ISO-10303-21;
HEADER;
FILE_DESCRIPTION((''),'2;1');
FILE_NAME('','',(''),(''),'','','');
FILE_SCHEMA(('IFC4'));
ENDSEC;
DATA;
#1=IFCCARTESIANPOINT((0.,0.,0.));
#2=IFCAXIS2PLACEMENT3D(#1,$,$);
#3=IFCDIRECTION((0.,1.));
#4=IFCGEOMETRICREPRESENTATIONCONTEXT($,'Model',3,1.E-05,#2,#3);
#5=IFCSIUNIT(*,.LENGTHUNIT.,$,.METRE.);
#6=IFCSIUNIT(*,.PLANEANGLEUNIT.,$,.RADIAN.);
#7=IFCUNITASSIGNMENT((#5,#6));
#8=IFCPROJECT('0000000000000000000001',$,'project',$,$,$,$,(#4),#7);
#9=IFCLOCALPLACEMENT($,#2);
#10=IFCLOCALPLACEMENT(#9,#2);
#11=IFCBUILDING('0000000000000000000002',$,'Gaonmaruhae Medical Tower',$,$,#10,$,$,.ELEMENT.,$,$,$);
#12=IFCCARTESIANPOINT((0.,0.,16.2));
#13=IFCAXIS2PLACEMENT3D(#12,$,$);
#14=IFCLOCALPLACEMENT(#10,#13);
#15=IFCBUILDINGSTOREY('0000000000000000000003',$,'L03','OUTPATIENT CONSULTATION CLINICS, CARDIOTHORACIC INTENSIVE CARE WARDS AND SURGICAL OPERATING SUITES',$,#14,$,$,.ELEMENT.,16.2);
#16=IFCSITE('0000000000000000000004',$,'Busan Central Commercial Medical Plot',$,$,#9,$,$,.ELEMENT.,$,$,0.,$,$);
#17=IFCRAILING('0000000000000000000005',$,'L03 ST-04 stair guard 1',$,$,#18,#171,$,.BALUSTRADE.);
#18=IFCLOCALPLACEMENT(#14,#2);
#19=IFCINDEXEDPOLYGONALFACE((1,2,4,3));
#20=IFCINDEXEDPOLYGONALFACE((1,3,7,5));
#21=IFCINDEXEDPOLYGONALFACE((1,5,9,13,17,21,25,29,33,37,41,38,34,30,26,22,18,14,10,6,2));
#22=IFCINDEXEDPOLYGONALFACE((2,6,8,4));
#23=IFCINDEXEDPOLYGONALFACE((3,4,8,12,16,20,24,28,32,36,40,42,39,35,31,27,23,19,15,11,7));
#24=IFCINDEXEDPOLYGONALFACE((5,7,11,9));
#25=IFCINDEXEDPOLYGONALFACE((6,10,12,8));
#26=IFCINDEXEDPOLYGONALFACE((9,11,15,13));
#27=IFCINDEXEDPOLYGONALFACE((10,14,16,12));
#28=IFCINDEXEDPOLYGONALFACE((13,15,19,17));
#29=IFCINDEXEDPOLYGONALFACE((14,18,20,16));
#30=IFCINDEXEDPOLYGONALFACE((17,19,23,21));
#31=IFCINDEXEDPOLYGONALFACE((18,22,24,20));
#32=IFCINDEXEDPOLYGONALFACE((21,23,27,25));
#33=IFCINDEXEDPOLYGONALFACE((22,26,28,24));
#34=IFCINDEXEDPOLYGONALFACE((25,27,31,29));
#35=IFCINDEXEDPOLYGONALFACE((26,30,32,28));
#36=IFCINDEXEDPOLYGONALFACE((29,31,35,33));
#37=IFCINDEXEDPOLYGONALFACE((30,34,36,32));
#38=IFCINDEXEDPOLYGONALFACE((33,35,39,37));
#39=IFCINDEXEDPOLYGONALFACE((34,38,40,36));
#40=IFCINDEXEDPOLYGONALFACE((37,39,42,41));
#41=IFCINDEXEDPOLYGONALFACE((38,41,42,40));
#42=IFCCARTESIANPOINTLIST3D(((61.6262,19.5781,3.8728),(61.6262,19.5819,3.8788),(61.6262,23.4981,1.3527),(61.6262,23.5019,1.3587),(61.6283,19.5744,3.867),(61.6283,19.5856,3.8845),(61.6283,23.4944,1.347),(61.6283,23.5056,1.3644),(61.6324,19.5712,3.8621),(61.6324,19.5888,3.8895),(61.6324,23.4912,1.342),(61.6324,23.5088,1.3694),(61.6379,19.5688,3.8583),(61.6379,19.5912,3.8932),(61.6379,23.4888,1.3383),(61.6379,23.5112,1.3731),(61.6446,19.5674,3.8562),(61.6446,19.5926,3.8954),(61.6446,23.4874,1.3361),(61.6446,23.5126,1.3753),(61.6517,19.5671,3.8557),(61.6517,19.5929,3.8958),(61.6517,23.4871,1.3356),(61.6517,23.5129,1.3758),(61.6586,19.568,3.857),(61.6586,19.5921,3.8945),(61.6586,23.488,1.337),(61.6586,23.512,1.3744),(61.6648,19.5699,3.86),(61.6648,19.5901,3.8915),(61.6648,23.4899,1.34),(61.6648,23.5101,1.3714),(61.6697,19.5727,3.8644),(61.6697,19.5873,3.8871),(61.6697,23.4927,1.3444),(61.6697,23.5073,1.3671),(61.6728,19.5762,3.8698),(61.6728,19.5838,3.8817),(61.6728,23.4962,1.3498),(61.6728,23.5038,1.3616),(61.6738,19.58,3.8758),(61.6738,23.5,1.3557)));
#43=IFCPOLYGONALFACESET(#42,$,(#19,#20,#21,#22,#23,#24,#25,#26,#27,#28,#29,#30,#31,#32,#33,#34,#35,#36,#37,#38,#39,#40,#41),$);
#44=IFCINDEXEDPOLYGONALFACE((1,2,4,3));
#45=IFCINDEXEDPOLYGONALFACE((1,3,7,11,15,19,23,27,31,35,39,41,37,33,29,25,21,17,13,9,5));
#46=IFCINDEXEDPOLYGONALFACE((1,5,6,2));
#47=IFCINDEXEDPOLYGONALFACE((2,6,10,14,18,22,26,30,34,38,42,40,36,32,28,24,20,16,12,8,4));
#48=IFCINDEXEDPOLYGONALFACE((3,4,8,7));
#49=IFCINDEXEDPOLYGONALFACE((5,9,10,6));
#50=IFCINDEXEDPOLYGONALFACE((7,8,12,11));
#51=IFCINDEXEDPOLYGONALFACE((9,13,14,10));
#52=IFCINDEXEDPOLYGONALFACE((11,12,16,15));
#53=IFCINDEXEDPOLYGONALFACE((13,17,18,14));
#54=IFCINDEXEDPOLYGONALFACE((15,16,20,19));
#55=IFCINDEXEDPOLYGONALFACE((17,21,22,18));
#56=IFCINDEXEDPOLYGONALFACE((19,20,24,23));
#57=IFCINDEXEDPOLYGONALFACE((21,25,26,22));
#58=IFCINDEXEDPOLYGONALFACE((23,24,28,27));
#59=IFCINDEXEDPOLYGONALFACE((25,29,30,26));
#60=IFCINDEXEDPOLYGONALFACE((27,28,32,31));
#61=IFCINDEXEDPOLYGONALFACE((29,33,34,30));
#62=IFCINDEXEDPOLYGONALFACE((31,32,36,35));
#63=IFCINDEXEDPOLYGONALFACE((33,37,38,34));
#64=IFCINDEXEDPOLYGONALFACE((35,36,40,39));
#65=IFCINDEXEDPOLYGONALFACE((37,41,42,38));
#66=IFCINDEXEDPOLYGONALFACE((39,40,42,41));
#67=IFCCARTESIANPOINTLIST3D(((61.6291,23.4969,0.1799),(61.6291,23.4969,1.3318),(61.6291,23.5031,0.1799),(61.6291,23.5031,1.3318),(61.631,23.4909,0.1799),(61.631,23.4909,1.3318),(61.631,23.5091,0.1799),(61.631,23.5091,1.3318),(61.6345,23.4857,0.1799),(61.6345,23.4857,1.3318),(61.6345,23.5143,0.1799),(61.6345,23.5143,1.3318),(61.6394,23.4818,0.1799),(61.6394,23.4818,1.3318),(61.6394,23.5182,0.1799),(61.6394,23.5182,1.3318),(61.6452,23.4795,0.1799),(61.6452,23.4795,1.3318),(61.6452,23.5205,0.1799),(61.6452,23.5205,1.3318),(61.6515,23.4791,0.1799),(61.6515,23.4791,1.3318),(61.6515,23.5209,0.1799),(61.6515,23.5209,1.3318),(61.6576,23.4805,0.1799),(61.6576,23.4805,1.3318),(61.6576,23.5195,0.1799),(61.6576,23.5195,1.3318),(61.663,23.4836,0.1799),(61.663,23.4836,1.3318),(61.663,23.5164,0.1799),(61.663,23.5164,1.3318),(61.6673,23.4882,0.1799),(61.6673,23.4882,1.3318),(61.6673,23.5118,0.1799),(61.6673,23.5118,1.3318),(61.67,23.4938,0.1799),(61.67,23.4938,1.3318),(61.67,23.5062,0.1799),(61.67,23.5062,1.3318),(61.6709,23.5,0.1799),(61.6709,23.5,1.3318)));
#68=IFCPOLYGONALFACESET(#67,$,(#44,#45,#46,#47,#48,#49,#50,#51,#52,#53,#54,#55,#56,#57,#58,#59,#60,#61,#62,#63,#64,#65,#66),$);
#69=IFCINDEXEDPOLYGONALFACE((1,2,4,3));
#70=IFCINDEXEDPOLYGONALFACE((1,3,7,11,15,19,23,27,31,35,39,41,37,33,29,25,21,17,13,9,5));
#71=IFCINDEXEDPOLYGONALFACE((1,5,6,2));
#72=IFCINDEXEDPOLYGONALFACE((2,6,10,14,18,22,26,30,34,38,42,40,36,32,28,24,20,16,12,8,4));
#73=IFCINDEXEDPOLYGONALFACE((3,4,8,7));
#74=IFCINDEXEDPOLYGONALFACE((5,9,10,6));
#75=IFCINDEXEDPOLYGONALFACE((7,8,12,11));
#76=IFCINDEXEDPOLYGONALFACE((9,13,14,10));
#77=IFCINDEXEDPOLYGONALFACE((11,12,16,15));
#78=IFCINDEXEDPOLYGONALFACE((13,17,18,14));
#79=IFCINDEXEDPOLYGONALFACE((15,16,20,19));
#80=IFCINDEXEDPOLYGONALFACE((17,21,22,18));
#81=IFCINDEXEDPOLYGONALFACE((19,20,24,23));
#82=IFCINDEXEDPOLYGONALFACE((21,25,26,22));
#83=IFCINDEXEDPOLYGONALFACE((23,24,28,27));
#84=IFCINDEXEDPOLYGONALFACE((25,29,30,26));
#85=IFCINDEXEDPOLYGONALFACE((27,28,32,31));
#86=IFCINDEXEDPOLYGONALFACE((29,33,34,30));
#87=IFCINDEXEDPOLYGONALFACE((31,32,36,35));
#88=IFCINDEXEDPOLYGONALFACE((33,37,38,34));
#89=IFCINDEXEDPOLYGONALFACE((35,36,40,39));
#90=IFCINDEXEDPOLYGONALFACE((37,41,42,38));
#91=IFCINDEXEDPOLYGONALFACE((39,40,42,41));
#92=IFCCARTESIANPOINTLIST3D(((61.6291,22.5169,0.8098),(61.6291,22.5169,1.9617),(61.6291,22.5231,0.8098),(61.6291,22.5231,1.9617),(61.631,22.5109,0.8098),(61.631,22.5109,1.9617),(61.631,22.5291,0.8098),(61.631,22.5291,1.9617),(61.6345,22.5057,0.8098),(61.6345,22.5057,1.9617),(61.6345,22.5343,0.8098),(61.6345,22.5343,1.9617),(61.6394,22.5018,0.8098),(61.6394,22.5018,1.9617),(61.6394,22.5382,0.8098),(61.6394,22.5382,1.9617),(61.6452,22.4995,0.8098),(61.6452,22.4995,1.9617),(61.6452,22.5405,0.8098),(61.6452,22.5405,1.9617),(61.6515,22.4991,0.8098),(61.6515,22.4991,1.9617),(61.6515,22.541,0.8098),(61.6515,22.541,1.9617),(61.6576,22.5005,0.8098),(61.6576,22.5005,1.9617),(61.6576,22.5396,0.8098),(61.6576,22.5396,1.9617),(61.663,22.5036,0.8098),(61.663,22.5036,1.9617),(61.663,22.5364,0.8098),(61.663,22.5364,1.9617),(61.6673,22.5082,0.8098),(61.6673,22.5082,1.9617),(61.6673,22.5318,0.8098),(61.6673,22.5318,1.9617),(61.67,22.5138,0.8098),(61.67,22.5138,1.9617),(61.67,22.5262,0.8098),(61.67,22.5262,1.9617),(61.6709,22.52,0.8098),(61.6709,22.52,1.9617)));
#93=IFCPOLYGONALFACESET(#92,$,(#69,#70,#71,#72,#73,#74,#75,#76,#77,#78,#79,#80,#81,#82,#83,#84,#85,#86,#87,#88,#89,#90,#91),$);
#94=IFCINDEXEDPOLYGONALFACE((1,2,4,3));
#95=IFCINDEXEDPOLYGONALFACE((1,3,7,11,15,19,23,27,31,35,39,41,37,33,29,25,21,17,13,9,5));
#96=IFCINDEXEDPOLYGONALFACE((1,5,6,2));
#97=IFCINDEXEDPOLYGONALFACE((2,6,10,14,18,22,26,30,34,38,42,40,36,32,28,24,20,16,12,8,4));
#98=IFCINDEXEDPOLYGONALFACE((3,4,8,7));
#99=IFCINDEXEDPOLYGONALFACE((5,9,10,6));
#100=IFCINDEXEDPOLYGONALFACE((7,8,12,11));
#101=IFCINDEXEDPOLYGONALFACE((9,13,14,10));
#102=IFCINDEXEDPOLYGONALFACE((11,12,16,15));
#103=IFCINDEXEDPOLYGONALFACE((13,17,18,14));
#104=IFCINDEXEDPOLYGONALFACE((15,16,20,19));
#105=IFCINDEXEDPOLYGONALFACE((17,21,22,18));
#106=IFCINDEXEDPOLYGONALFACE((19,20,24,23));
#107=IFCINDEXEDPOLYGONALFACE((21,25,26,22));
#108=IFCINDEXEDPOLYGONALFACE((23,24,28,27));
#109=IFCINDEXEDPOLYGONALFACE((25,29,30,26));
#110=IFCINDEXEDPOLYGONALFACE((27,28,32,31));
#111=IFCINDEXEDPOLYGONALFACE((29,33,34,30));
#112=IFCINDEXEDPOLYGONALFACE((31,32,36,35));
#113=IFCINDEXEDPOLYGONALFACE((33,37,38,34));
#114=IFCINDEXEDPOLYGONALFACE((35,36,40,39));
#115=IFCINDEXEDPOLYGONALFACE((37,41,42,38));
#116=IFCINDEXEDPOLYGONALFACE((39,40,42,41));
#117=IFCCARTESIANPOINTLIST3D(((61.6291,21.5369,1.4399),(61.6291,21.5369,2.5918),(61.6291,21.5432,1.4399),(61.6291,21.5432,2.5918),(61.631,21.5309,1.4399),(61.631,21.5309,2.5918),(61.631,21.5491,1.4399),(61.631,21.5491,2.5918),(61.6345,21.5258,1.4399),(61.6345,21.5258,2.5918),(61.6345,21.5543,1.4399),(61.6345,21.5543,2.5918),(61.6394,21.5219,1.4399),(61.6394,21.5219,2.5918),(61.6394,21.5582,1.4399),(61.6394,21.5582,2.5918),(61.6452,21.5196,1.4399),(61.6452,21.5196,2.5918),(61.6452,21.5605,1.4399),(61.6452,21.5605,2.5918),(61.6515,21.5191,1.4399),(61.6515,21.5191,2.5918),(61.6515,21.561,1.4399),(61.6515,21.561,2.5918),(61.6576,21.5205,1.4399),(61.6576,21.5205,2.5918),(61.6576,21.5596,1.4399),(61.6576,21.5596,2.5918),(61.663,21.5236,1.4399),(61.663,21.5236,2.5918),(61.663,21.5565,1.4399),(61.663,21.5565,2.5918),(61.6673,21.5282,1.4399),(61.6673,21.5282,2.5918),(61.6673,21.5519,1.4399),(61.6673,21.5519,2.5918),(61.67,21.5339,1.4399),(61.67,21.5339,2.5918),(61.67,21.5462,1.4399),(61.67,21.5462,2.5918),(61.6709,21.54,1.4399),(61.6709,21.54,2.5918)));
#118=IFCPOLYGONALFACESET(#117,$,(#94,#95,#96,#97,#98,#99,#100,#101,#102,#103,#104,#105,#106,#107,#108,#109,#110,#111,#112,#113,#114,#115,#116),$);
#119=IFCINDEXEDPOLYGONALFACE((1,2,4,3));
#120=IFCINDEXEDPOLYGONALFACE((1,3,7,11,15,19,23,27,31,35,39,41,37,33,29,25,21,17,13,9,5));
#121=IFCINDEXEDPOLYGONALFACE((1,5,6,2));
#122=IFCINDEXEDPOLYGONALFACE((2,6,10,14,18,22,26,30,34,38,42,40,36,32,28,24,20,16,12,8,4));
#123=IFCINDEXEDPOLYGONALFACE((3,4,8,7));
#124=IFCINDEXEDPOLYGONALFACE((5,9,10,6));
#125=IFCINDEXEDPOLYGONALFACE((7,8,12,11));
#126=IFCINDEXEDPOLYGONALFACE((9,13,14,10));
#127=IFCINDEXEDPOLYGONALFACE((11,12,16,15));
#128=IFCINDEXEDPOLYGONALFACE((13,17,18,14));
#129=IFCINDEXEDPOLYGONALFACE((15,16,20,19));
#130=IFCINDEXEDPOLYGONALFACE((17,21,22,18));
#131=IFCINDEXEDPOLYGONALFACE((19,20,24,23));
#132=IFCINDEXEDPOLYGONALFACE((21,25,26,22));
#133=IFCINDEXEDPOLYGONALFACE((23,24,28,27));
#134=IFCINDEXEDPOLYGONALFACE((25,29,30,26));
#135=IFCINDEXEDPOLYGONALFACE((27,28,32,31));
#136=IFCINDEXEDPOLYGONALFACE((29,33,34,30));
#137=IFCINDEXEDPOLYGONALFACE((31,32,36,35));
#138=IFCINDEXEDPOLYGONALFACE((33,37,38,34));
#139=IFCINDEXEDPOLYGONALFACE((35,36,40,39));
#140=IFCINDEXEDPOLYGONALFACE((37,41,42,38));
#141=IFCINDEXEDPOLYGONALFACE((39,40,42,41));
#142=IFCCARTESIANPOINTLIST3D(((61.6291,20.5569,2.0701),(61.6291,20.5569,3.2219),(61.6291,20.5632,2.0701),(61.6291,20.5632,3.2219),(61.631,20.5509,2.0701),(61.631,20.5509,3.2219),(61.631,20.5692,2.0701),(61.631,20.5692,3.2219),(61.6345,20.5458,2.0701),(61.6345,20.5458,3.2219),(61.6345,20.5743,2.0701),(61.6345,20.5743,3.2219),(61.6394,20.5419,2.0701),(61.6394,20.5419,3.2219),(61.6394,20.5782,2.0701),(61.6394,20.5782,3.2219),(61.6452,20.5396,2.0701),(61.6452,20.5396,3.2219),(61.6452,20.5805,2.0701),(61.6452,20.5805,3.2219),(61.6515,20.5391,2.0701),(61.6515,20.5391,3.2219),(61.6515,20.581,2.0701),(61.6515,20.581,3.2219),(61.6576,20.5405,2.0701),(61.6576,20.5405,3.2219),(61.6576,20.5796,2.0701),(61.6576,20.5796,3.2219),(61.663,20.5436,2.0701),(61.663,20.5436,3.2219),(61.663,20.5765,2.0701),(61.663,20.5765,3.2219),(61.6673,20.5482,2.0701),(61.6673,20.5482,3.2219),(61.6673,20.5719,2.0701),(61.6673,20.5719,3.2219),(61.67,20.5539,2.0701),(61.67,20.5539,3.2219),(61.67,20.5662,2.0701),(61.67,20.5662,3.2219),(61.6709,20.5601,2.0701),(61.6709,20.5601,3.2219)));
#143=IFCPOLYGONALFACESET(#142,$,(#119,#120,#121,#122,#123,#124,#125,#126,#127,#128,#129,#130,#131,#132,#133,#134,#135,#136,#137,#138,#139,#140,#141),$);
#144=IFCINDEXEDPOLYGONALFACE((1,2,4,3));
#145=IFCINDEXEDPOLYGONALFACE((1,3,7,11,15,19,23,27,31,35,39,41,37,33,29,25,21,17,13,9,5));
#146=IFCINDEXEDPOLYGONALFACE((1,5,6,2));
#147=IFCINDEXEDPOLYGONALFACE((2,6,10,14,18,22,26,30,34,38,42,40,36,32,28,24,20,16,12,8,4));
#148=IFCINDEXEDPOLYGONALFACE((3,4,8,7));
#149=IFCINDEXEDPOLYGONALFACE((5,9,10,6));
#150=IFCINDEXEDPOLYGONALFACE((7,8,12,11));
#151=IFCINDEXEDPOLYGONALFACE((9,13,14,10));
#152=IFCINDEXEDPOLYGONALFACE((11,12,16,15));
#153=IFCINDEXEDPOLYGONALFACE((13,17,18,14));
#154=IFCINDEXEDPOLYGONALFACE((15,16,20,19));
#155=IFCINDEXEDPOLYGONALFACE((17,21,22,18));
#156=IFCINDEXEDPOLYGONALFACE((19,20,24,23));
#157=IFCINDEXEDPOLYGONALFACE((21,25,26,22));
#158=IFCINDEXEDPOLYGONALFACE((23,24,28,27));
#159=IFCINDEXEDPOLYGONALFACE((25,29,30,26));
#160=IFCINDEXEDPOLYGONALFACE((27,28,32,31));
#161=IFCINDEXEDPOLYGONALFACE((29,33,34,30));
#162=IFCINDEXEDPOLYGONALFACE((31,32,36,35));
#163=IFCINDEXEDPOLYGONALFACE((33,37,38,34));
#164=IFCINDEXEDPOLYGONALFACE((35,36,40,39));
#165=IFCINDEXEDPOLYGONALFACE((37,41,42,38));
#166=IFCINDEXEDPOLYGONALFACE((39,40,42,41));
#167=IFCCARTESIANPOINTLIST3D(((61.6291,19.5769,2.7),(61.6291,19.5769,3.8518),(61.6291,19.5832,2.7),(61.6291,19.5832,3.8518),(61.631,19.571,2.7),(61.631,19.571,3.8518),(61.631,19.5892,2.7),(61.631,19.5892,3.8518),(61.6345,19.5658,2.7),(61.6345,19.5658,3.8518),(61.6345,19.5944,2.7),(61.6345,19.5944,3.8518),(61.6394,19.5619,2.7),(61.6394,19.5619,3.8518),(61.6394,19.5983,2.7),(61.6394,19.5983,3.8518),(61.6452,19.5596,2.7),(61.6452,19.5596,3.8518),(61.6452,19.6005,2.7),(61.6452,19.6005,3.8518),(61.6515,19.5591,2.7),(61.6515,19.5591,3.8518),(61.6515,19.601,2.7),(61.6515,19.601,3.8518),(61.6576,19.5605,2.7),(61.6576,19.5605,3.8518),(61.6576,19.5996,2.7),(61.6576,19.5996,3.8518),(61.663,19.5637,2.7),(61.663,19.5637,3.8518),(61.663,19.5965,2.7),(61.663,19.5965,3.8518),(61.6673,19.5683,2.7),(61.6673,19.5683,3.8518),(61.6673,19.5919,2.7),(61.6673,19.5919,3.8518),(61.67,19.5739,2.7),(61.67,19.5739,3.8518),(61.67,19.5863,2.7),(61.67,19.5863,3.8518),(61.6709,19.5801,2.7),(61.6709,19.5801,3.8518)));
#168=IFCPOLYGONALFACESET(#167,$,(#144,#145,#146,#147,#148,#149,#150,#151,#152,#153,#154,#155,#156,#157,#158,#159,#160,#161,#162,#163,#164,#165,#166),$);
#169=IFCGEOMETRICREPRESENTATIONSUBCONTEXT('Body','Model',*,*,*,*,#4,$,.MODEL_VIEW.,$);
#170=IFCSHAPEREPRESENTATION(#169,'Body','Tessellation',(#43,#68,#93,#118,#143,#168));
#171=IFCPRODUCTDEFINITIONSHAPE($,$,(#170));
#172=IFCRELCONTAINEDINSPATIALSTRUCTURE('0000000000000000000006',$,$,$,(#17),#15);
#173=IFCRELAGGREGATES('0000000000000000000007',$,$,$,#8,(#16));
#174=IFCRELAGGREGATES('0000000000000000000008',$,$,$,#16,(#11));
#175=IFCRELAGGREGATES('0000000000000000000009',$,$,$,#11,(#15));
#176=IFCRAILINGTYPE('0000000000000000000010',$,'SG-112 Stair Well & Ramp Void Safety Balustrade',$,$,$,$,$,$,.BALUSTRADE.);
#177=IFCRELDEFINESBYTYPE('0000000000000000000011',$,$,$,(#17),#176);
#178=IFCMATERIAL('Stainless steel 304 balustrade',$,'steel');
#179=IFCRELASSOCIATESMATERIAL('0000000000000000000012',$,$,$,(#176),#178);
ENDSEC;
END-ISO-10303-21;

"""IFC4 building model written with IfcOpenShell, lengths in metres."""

from ifc_helpers import new_model, si_unit, direction, frame, origin, origin_2d, place, context, subcontext, project, spatial, circle, extrude, material, type_object, element, save


model = new_model("IFC4")

# Units and contexts
model_context = context("Model", 3, precision=1e-05, world=origin(), true_north=direction((0.0, 1.0)))
body_context = subcontext(model_context, "Body", "Model", "MODEL_VIEW")
ifc_project = project(units=[si_unit("LENGTHUNIT", "METRE"), si_unit("PLANEANGLEUNIT", "RADIAN")], contexts=[model_context])

# Site, building, storey
site_placement = place(None, origin())
site = spatial("IfcSite", under=ifc_project, at=site_placement, Name="Busan Central Commercial Medical Plot", CompositionType="ELEMENT", RefElevation=0.0)
building_placement = place(site_placement, origin())
building = spatial("IfcBuilding", under=site, at=building_placement, Name="Gaonmaruhae Medical Tower", CompositionType="ELEMENT")
storey_placement = place(building_placement, frame((0.0, 0.0, 16.2)))
storey = spatial("IfcBuildingStorey", under=building, at=storey_placement, Name="L03", Description="OUTPATIENT CONSULTATION CLINICS, CARDIOTHORACIC INTENSIVE CARE WARDS AND SURGICAL OPERATING SUITES", CompositionType="ELEMENT", Elevation=16.2)

# Railing
ifc_material_1 = material(Name="Stainless steel 304 balustrade", Category="steel")
railing_type_1 = type_object("IfcRailingType", Name="SG-112 Stair Well & Ramp Void Safety Balustrade", PredefinedType="BALUSTRADE", material=ifc_material_1)
railing_1_placement = place(storey_placement, frame((61.6499, 23.5, 0.1799)))
element("IfcRailing", 1, at=railing_1_placement, inside=storey, type_object=railing_type_1, Name="L03 ST-04 stair guard 1", PredefinedType="BALUSTRADE", context=body_context, shape_type="SweptSolid", body=[
    extrude(circle(Radius=0.0239, at=origin_2d()), frame((0.0, 0.0, 1.1758), z_axis=(0.0, -0.841172, 0.540768), x_axis=(1.0, 0.0, 0.0)), (0.0, 0.0, 1.0), 4.6602),
    extrude(circle(Radius=0.021, at=origin_2d()), origin(), (0.0, 0.0, 1.0), 1.1519),
    extrude(circle(Radius=0.021, at=origin_2d()), frame((0.0, -0.98, 0.6299)), (0.0, 0.0, 1.0), 1.1519),
    extrude(circle(Radius=0.021, at=origin_2d()), frame((0.0, -1.96, 1.26)), (0.0, 0.0, 1.0), 1.1519),
    extrude(circle(Radius=0.021, at=origin_2d()), frame((0.0, -2.9399, 1.8901)), (0.0, 0.0, 1.0), 1.1519),
    extrude(circle(Radius=0.021, at=origin_2d()), frame((0.0, -3.9199, 2.52)), (0.0, 0.0, 1.0), 1.1519),
])

save(model, "model.ifc")
